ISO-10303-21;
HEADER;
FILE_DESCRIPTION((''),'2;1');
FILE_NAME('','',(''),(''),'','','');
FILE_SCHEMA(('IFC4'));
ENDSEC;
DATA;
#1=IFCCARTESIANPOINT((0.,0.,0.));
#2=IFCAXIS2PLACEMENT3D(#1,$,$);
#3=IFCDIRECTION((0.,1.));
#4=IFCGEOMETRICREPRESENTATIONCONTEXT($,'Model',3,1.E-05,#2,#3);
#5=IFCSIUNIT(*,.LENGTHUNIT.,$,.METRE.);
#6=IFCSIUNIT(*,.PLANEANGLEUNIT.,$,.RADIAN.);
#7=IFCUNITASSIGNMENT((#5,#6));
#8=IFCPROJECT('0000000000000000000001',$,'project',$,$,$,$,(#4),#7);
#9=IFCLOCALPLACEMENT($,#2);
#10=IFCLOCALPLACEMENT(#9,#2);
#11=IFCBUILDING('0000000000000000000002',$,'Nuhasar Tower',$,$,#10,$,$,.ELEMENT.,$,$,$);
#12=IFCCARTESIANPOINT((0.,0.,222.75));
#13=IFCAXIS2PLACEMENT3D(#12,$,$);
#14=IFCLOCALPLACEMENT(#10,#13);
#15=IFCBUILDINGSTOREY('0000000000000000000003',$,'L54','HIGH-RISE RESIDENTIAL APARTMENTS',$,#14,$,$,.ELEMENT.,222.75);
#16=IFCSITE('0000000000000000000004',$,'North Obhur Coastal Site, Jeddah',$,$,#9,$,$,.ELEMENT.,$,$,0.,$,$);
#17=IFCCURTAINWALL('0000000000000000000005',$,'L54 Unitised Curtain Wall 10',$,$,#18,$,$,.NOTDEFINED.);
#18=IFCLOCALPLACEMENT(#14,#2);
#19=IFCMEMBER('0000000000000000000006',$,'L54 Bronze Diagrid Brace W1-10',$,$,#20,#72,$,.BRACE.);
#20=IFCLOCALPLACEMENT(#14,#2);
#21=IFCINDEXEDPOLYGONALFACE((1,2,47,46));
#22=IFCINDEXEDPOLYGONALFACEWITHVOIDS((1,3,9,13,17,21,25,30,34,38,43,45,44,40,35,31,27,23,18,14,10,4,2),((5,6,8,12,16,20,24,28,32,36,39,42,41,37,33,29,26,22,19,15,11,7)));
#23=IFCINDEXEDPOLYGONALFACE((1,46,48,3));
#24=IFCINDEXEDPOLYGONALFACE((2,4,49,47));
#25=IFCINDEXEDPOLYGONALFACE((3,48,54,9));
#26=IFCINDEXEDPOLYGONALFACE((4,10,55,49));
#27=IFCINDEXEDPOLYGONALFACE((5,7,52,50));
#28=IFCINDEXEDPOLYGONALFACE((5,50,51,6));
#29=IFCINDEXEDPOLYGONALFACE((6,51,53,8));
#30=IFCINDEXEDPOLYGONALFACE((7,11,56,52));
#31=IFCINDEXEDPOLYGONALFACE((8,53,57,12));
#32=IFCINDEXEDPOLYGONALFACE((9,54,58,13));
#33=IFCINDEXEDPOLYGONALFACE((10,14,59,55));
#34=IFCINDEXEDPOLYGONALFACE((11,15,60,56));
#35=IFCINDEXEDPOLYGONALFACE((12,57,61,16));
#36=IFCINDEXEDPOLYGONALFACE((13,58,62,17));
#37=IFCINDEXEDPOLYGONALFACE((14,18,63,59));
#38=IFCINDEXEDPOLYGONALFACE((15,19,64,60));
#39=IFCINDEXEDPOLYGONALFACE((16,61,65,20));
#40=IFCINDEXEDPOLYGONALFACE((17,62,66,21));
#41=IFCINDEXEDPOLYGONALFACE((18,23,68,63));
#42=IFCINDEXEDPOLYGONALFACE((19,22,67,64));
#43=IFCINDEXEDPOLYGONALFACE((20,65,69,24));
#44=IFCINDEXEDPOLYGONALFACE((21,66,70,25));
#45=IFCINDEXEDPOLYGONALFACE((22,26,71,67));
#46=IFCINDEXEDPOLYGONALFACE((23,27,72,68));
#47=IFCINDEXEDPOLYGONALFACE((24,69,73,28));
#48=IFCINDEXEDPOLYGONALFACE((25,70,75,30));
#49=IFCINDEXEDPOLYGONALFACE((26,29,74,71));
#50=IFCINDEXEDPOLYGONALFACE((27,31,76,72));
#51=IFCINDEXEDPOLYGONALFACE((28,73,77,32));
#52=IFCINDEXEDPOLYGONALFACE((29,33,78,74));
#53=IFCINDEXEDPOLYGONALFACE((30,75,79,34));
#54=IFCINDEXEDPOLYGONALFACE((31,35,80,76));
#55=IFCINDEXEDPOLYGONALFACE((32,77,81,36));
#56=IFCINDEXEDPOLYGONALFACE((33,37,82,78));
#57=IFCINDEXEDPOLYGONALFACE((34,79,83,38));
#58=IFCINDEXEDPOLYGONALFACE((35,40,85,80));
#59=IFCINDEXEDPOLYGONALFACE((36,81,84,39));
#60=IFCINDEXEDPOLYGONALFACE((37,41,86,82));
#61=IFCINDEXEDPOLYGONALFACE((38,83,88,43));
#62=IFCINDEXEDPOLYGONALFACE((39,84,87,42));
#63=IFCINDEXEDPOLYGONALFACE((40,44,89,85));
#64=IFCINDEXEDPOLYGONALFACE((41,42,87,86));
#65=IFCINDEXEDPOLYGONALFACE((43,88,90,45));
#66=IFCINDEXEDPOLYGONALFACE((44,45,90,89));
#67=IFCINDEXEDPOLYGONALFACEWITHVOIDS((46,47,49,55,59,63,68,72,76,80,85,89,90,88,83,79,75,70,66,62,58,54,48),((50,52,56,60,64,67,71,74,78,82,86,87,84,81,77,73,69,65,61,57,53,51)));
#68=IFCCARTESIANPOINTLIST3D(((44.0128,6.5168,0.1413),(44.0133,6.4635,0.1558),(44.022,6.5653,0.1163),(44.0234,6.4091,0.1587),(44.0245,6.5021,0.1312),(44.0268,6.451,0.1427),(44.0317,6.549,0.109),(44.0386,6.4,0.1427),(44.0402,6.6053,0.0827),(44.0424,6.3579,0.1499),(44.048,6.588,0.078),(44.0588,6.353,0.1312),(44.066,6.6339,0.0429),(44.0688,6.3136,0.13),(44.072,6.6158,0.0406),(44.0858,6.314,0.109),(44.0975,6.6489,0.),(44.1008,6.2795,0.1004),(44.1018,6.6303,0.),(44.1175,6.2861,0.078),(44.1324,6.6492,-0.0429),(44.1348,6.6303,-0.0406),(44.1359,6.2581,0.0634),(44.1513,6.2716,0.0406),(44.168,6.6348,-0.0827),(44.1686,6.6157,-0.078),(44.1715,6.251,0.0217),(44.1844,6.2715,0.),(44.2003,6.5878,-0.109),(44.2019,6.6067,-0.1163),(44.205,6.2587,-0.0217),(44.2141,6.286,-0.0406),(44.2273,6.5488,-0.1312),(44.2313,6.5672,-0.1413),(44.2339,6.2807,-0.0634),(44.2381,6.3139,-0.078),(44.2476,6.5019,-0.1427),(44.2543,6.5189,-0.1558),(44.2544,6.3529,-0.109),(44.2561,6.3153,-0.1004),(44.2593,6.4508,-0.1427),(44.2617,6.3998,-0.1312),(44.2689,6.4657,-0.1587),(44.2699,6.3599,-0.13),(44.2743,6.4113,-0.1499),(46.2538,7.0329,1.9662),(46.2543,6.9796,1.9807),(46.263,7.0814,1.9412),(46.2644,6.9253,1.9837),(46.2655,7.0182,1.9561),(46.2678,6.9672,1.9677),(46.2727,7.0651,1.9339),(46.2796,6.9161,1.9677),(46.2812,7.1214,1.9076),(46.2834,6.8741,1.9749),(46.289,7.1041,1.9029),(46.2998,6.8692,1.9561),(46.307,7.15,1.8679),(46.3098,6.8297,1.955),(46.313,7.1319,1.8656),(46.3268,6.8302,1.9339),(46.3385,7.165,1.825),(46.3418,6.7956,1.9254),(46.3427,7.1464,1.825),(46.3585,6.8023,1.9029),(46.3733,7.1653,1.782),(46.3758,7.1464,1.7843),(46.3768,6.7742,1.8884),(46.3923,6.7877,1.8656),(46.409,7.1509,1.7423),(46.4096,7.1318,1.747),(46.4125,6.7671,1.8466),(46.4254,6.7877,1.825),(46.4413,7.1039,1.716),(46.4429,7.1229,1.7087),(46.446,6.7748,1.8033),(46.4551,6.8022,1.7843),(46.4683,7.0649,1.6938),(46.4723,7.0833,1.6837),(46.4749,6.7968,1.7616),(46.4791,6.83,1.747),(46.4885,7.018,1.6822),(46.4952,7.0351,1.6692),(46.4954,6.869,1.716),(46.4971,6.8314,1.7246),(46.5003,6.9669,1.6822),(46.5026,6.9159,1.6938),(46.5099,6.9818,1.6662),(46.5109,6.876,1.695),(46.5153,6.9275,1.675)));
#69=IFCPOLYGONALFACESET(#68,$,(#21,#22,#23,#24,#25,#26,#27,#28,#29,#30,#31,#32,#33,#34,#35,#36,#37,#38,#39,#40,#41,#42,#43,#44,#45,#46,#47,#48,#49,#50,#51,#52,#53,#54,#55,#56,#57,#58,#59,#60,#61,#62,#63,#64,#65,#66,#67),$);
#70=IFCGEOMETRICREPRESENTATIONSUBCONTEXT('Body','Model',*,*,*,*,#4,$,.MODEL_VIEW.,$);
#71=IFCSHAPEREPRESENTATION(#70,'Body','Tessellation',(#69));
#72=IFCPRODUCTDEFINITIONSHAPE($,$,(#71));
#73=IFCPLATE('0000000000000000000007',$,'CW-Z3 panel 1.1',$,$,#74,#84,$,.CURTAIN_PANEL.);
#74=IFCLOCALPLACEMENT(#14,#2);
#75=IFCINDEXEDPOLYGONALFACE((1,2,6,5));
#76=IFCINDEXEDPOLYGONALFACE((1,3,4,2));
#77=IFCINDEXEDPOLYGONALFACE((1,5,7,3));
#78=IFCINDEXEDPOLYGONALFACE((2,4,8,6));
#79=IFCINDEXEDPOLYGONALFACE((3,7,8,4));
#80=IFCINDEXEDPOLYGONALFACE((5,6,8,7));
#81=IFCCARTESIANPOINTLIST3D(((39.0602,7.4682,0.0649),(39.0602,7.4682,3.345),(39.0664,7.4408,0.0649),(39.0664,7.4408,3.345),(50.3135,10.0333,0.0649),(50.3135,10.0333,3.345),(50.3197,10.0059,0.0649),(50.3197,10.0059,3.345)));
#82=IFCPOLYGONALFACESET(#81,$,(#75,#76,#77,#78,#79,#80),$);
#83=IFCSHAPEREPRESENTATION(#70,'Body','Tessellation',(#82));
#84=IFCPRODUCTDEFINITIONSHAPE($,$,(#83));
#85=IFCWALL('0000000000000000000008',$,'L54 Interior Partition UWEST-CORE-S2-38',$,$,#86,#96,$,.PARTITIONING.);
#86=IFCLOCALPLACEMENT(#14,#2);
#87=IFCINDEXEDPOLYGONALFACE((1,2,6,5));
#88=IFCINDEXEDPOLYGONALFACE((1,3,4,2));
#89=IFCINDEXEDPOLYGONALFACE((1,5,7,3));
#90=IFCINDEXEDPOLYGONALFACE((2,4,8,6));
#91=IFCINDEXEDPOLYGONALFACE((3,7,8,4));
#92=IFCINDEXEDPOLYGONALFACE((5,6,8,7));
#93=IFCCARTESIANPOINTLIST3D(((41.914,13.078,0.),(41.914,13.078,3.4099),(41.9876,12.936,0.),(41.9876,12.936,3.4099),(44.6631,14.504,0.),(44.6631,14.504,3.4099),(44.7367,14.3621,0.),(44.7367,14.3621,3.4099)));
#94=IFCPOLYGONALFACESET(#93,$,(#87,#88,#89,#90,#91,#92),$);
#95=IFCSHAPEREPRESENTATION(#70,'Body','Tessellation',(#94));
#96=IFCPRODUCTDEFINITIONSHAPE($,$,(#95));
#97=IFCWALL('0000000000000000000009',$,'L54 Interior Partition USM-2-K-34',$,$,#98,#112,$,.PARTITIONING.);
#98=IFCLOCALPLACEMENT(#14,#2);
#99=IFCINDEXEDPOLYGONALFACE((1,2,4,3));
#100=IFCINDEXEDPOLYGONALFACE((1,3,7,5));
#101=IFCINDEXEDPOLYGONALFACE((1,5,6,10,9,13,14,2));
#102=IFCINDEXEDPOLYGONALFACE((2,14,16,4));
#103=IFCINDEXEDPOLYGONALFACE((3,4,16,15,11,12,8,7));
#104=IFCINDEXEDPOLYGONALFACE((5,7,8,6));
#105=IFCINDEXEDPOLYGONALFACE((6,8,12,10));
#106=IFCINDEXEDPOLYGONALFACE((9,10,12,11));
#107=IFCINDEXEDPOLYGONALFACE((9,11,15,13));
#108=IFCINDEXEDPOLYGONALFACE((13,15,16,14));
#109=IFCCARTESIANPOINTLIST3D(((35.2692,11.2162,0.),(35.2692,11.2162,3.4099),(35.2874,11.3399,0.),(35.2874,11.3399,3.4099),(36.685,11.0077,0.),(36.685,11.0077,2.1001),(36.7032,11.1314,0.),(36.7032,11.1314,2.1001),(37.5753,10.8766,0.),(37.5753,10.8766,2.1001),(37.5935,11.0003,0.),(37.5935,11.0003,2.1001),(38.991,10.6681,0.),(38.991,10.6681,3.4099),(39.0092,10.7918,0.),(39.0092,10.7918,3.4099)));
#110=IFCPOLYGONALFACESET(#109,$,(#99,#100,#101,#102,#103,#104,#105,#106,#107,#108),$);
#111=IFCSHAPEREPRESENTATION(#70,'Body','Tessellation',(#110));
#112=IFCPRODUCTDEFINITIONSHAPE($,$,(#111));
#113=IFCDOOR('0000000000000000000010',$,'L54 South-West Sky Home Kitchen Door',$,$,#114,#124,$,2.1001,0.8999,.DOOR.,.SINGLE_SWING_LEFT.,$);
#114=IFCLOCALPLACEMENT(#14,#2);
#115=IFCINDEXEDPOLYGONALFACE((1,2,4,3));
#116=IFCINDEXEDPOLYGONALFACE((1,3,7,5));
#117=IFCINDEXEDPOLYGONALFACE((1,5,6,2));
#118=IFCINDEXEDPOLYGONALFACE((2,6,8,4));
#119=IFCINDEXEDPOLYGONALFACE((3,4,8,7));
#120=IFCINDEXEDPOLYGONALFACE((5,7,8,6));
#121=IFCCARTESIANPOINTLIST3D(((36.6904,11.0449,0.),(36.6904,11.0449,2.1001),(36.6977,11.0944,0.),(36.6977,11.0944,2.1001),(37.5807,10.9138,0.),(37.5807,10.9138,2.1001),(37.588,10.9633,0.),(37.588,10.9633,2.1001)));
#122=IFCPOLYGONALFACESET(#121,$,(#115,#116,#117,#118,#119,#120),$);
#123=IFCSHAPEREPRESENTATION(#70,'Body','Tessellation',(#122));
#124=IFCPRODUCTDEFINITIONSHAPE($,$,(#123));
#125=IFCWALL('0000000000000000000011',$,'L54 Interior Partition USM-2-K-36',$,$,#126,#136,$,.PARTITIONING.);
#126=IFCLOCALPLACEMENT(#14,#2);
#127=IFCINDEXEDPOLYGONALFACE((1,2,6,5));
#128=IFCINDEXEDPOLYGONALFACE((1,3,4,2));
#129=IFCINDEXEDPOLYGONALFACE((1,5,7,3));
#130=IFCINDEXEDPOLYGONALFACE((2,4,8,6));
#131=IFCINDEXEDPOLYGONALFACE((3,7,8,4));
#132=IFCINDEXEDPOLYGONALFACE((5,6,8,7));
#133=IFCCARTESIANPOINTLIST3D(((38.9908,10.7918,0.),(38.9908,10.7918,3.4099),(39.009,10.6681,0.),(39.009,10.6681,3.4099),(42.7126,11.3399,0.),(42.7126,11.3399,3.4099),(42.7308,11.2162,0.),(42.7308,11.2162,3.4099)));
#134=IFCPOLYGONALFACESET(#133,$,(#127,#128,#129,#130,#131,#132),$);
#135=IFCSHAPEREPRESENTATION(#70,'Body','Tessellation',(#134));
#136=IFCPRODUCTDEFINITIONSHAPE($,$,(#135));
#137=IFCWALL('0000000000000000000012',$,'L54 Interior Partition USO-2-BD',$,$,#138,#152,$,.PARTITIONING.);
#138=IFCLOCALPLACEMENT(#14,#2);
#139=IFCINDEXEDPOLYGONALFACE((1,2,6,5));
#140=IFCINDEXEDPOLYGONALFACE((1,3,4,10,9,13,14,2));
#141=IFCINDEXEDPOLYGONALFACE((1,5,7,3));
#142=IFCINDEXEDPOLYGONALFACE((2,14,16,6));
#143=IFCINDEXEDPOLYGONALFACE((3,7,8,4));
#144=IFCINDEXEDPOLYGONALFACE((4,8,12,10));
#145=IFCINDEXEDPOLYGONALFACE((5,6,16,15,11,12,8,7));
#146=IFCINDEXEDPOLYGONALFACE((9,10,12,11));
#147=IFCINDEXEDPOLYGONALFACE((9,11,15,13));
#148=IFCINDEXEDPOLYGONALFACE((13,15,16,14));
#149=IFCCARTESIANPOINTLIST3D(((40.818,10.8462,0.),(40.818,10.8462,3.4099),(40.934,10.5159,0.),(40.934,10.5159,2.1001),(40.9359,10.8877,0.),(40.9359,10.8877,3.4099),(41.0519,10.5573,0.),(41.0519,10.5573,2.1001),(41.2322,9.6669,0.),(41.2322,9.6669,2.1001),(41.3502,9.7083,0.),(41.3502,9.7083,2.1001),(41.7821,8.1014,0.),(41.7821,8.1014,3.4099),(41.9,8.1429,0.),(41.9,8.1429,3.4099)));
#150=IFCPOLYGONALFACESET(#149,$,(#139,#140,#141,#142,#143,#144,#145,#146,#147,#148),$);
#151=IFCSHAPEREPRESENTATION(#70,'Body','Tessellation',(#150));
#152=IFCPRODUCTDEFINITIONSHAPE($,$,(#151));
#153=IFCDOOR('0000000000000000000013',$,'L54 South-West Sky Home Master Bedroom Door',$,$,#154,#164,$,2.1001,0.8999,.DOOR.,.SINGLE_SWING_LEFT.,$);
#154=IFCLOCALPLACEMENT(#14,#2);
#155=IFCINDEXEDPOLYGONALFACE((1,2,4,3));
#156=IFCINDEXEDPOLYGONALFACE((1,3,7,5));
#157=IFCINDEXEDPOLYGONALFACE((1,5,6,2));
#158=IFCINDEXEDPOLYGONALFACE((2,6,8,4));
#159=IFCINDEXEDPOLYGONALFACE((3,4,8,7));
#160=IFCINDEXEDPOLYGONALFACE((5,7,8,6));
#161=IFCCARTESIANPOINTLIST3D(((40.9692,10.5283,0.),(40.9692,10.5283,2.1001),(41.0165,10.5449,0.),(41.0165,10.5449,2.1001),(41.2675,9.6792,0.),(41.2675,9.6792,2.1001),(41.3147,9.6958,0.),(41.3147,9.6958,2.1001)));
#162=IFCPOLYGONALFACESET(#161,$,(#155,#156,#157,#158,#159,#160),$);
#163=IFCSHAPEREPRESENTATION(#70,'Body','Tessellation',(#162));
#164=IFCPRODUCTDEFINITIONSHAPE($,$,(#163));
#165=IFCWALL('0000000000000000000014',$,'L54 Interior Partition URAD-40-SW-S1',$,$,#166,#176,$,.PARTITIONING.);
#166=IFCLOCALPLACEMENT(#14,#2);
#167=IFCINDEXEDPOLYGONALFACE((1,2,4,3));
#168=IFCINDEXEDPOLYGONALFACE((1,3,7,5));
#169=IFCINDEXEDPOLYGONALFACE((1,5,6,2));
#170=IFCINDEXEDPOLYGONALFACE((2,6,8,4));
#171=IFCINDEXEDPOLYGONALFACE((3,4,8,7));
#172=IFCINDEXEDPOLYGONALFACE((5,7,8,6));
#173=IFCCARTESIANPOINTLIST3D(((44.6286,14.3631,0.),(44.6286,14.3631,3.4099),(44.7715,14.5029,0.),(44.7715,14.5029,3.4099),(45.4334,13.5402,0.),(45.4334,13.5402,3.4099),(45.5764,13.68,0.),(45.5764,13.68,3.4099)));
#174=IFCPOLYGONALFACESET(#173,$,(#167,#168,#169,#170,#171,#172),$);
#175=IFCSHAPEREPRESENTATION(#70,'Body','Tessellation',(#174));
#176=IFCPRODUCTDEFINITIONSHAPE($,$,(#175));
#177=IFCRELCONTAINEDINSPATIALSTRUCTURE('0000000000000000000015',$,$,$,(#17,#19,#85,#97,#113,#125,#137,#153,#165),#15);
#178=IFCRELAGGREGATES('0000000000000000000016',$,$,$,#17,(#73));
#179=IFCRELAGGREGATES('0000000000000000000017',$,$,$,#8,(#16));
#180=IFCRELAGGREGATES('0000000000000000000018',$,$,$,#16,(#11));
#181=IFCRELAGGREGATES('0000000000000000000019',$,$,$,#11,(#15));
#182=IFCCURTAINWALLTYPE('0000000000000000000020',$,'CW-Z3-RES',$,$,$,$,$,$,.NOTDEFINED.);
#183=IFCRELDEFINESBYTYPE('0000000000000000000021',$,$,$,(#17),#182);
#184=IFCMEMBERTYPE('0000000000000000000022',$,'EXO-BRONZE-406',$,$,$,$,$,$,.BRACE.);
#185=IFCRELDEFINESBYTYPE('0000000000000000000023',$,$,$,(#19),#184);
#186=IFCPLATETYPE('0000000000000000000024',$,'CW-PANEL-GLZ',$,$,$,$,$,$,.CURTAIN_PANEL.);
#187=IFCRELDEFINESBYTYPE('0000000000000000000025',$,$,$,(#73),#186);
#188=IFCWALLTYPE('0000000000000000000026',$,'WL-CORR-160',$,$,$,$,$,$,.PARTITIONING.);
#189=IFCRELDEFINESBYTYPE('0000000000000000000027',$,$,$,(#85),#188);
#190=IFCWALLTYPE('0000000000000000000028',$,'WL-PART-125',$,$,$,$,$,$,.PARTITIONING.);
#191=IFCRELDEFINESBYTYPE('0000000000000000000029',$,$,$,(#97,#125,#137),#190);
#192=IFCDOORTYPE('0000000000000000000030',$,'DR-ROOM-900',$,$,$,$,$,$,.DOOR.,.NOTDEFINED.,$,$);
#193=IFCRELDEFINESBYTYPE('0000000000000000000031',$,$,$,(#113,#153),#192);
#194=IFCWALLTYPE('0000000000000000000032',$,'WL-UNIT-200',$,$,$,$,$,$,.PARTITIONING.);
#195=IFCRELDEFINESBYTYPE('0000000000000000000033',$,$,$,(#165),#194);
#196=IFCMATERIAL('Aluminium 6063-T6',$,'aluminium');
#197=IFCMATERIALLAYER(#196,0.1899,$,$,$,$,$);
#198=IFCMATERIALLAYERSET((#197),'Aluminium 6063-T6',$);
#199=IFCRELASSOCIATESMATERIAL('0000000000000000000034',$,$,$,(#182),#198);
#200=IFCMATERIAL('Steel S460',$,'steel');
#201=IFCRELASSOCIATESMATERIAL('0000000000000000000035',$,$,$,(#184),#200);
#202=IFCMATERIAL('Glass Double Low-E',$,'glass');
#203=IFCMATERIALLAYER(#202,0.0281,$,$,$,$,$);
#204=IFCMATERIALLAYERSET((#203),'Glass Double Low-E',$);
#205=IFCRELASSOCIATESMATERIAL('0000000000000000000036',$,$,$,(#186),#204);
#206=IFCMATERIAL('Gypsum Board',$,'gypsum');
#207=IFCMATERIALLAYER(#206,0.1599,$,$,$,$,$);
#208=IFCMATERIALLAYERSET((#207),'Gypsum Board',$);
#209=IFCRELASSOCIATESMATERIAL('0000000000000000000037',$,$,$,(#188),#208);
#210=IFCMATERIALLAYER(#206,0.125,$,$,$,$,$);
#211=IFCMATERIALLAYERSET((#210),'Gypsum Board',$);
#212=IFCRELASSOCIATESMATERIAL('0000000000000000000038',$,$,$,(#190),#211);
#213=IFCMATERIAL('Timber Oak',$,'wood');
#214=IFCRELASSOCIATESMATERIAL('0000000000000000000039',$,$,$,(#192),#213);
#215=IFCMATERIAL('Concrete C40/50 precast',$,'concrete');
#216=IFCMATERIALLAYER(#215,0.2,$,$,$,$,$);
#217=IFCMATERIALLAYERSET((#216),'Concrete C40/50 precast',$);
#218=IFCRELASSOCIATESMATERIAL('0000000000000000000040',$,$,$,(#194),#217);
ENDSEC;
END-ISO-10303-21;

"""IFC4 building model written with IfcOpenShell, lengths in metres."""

from ifc_helpers import new_model, si_unit, direction, frame, frame_2d, origin, origin_2d, place, context, subcontext, project, spatial, rectangle, hollow_circle, extrude, material, layer, layer_set, material_profile, profile_set, type_object, element, fill, aggregate, save


model = new_model("IFC4")

# Units and contexts
model_context = context("Model", 3, precision=1e-05, world=origin(), true_north=direction((0.0, 1.0)))
body_context = subcontext(model_context, "Body", "Model", "MODEL_VIEW")
ifc_project = project(units=[si_unit("LENGTHUNIT", "METRE"), si_unit("PLANEANGLEUNIT", "RADIAN")], contexts=[model_context])

# Site, building, storey
site_placement = place(None, origin())
site = spatial("IfcSite", under=ifc_project, at=site_placement, Name="North Obhur Coastal Site, Jeddah", CompositionType="ELEMENT", RefElevation=0.0)
building_placement = place(site_placement, origin())
building = spatial("IfcBuilding", under=site, at=building_placement, Name="Nuhasar Tower", CompositionType="ELEMENT")
storey_placement = place(building_placement, frame((0.0, 0.0, 222.75)))
storey = spatial("IfcBuildingStorey", under=building, at=storey_placement, Name="L54", Description="HIGH-RISE RESIDENTIAL APARTMENTS", CompositionType="ELEMENT", Elevation=222.75)

# Shared definitions
ifc_material_1 = material(Name="Aluminium 6063-T6", Category="aluminium")
ifc_layer_1 = layer(ifc_material_1, 0.1899)
ifc_layer_set_1 = layer_set([ifc_layer_1], Name="Aluminium 6063-T6")
curtain_wall_type = type_object("IfcCurtainWallType", Name="CW-Z3-RES", PredefinedType="NOTDEFINED", material=ifc_layer_set_1)

# Curtain wall
curtain_wall_1_placement = place(storey_placement, origin())
curtain_wall_1 = element("IfcCurtainWall", 1, at=curtain_wall_1_placement, inside=storey, type_object=curtain_wall_type, Name="L54 Unitised Curtain Wall 10", PredefinedType="NOTDEFINED")

# Member
ifc_material_2 = material(Name="Steel S460", Category="steel")
ifc_material_profile_1 = material_profile(ifc_material_2, hollow_circle(Radius=0.2031, WallThickness=0.019, at=origin_2d()), Name="HSS406.4X19.1")
ifc_profile_set_1 = profile_set([ifc_material_profile_1], Name="Steel S460")
member_type_1 = type_object("IfcMemberType", Name="EXO-BRONZE-406", PredefinedType="BRACE", material=ifc_profile_set_1)
member_1_placement = place(storey_placement, frame((44.1431, 6.4509, 0.0), z_axis=(0.763332, 0.175802, 0.621626), x_axis=(-0.224433, 0.97449, 0.0)))
element("IfcMember", 2, at=member_1_placement, inside=storey, type_object=member_type_1, Name="L54 Bronze Diagrid Brace W1-10", PredefinedType="BRACE", context=body_context, shape_type="SweptSolid", body=[
    extrude(hollow_circle(Radius=0.2031, WallThickness=0.019, at=origin_2d()), origin(), (0.0, 0.0, 1.0), 2.9358),
])

# Plate
ifc_material_3 = material(Name="Glass Double Low-E", Category="glass")
ifc_layer_2 = layer(ifc_material_3, 0.0281)
ifc_layer_set_2 = layer_set([ifc_layer_2], Name="Glass Double Low-E")
plate_type = type_object("IfcPlateType", Name="CW-PANEL-GLZ", PredefinedType="CURTAIN_PANEL", material=ifc_layer_set_2)
plate_placement = place(storey_placement, frame((44.6899, 8.7371, 0.0649), z_axis=(0.0, 0.0, 1.0), x_axis=(0.974991, 0.222243, 0.0)))
plate = element("IfcPlate", 3, at=plate_placement, type_object=plate_type, Name="CW-Z3 panel 1.1", PredefinedType="CURTAIN_PANEL", context=body_context, shape_type="SweptSolid", body=[
    extrude(rectangle(XDim=11.542, YDim=0.0281, at=origin_2d()), origin(), (0.0, 0.0, 1.0), 3.28),
])
aggregate(curtain_wall_1, [plate])

# Wall
ifc_material_4 = material(Name="Gypsum Board", Category="gypsum")
ifc_layer_3 = layer(ifc_material_4, 0.1599)
ifc_layer_set_3 = layer_set([ifc_layer_3], Name="Gypsum Board")
wall_type_1 = type_object("IfcWallType", Name="WL-CORR-160", PredefinedType="PARTITIONING", material=ifc_layer_set_3)
wall_1_placement = place(storey_placement, frame((41.9509, 13.0071, 0.0), z_axis=(0.0, 0.0, 1.0), x_axis=(0.887675, 0.460471, 0.0)))
element("IfcWall", 4, at=wall_1_placement, inside=storey, type_object=wall_type_1, Name="L54 Interior Partition UWEST-CORE-S2-38", PredefinedType="PARTITIONING", context=body_context, shape_type="SweptSolid", body=[
    extrude(rectangle(XDim=3.0969, YDim=0.1599, at=frame_2d((1.5483, 0.0))), origin(), (0.0, 0.0, 1.0), 3.4099),
])

# Wall, opening, door
ifc_layer_4 = layer(ifc_material_4, 0.125)
ifc_layer_set_4 = layer_set([ifc_layer_4], Name="Gypsum Board")
wall_type_2 = type_object("IfcWallType", Name="WL-PART-125", PredefinedType="PARTITIONING", material=ifc_layer_set_4)
wall_2_placement = place(storey_placement, frame((39.0, 10.73, 0.0), z_axis=(0.0, 0.0, 1.0), x_axis=(-0.98933, 0.14569, 0.0)))
wall_2 = element("IfcWall", 5, at=wall_2_placement, inside=storey, type_object=wall_type_2, Name="L54 Interior Partition USM-2-K-34", PredefinedType="PARTITIONING", context=body_context, shape_type="SweptSolid", body=[
    extrude(rectangle(XDim=3.762, YDim=0.125, at=frame_2d((1.8809, 0.0))), origin(), (0.0, 0.0, 1.0), 3.4099),
])
opening_1_placement = place(wall_2_placement, frame((1.4309, 0.0, 0.0)))
opening_1 = element("IfcOpeningElement", 6, at=opening_1_placement, cuts=wall_2, PredefinedType="OPENING", context=body_context, shape_type="SweptSolid", body=[
    extrude(rectangle(XDim=0.8999, YDim=2.1001, at=frame_2d((0.45, 1.05))), frame((0.0, 0.0725, 0.0), z_axis=(0.0, -1.0, 0.0), x_axis=(1.0, 0.0, 0.0)), (0.0, 0.0, 1.0), 0.145),
])
ifc_material_5 = material(Name="Timber Oak", Category="wood")
door_type_1 = type_object("IfcDoorType", Name="DR-ROOM-900", OperationType="NOTDEFINED", PredefinedType="DOOR", material=ifc_material_5)
door_1_placement = place(opening_1_placement, origin())
door_1 = element("IfcDoor", 7, at=door_1_placement, inside=storey, type_object=door_type_1, Name="L54 South-West Sky Home Kitchen Door", OperationType="SINGLE_SWING_LEFT", OverallHeight=2.1001, OverallWidth=0.8999, PredefinedType="DOOR", context=body_context, shape_type="SweptSolid", body=[
    extrude(rectangle(XDim=0.8999, YDim=2.1001, at=frame_2d((0.45, 1.05))), frame((0.0, 0.0249, 0.0), z_axis=(0.0, -1.0, 0.0), x_axis=(1.0, 0.0, 0.0)), (0.0, 0.0, 1.0), 0.05),
])
fill(opening_1, door_1)

# Wall
wall_3_placement = place(storey_placement, frame((39.0, 10.73, 0.0), z_axis=(0.0, 0.0, 1.0), x_axis=(0.98933, 0.14569, 0.0)))
element("IfcWall", 8, at=wall_3_placement, inside=storey, type_object=wall_type_2, Name="L54 Interior Partition USM-2-K-36", PredefinedType="PARTITIONING", context=body_context, shape_type="SweptSolid", body=[
    extrude(rectangle(XDim=3.762, YDim=0.125, at=frame_2d((1.8809, 0.0))), origin(), (0.0, 0.0, 1.0), 3.4099),
])

# Wall, opening, door
wall_4_placement = place(storey_placement, frame((40.877, 10.8669, 0.0), z_axis=(0.0, 0.0, 1.0), x_axis=(0.331393, -0.943493, 0.0)))
wall_4 = element("IfcWall", 9, at=wall_4_placement, inside=storey, type_object=wall_type_2, Name="L54 Interior Partition USO-2-BD", PredefinedType="PARTITIONING", context=body_context, shape_type="SweptSolid", body=[
    extrude(rectangle(XDim=2.9092, YDim=0.125, at=frame_2d((1.4546, 0.0))), origin(), (0.0, 0.0, 1.0), 3.4099),
])
opening_2_placement = place(wall_4_placement, frame((0.3501, 0.0, 0.0)))
opening_2 = element("IfcOpeningElement", 10, at=opening_2_placement, cuts=wall_4, PredefinedType="OPENING", context=body_context, shape_type="SweptSolid", body=[
    extrude(rectangle(XDim=0.8999, YDim=2.1001, at=frame_2d((0.45, 1.05))), frame((0.0, 0.0725, 0.0), z_axis=(0.0, -1.0, 0.0), x_axis=(1.0, 0.0, 0.0)), (0.0, 0.0, 1.0), 0.145),
])
door_2_placement = place(opening_2_placement, origin())
door_2 = element("IfcDoor", 11, at=door_2_placement, inside=storey, type_object=door_type_1, Name="L54 South-West Sky Home Master Bedroom Door", OperationType="SINGLE_SWING_LEFT", OverallHeight=2.1001, OverallWidth=0.8999, PredefinedType="DOOR", context=body_context, shape_type="SweptSolid", body=[
    extrude(rectangle(XDim=0.8999, YDim=2.1001, at=frame_2d((0.45, 1.05))), frame((0.0, 0.0249, 0.0), z_axis=(0.0, -1.0, 0.0), x_axis=(1.0, 0.0, 0.0)), (0.0, 0.0, 1.0), 0.05),
])
fill(opening_2, door_2)

# Wall
ifc_material_6 = material(Name="Concrete C40/50 precast", Category="concrete")
ifc_layer_5 = layer(ifc_material_6, 0.2)
ifc_layer_set_5 = layer_set([ifc_layer_5], Name="Concrete C40/50 precast")
wall_type_3 = type_object("IfcWallType", Name="WL-UNIT-200", PredefinedType="PARTITIONING", material=ifc_layer_set_5)
wall_5_placement = place(storey_placement, frame((44.7, 14.4331, 0.0), z_axis=(0.0, 0.0, 1.0), x_axis=(0.699216, -0.71491, 0.0)))
element("IfcWall", 12, at=wall_5_placement, inside=storey, type_object=wall_type_3, Name="L54 Interior Partition URAD-40-SW-S1", PredefinedType="PARTITIONING", context=body_context, shape_type="SweptSolid", body=[
    extrude(rectangle(XDim=1.1511, YDim=0.2, at=frame_2d((0.5757, 0.0))), origin(), (0.0, 0.0, 1.0), 3.4099),
])

save(model, "model.ifc")
